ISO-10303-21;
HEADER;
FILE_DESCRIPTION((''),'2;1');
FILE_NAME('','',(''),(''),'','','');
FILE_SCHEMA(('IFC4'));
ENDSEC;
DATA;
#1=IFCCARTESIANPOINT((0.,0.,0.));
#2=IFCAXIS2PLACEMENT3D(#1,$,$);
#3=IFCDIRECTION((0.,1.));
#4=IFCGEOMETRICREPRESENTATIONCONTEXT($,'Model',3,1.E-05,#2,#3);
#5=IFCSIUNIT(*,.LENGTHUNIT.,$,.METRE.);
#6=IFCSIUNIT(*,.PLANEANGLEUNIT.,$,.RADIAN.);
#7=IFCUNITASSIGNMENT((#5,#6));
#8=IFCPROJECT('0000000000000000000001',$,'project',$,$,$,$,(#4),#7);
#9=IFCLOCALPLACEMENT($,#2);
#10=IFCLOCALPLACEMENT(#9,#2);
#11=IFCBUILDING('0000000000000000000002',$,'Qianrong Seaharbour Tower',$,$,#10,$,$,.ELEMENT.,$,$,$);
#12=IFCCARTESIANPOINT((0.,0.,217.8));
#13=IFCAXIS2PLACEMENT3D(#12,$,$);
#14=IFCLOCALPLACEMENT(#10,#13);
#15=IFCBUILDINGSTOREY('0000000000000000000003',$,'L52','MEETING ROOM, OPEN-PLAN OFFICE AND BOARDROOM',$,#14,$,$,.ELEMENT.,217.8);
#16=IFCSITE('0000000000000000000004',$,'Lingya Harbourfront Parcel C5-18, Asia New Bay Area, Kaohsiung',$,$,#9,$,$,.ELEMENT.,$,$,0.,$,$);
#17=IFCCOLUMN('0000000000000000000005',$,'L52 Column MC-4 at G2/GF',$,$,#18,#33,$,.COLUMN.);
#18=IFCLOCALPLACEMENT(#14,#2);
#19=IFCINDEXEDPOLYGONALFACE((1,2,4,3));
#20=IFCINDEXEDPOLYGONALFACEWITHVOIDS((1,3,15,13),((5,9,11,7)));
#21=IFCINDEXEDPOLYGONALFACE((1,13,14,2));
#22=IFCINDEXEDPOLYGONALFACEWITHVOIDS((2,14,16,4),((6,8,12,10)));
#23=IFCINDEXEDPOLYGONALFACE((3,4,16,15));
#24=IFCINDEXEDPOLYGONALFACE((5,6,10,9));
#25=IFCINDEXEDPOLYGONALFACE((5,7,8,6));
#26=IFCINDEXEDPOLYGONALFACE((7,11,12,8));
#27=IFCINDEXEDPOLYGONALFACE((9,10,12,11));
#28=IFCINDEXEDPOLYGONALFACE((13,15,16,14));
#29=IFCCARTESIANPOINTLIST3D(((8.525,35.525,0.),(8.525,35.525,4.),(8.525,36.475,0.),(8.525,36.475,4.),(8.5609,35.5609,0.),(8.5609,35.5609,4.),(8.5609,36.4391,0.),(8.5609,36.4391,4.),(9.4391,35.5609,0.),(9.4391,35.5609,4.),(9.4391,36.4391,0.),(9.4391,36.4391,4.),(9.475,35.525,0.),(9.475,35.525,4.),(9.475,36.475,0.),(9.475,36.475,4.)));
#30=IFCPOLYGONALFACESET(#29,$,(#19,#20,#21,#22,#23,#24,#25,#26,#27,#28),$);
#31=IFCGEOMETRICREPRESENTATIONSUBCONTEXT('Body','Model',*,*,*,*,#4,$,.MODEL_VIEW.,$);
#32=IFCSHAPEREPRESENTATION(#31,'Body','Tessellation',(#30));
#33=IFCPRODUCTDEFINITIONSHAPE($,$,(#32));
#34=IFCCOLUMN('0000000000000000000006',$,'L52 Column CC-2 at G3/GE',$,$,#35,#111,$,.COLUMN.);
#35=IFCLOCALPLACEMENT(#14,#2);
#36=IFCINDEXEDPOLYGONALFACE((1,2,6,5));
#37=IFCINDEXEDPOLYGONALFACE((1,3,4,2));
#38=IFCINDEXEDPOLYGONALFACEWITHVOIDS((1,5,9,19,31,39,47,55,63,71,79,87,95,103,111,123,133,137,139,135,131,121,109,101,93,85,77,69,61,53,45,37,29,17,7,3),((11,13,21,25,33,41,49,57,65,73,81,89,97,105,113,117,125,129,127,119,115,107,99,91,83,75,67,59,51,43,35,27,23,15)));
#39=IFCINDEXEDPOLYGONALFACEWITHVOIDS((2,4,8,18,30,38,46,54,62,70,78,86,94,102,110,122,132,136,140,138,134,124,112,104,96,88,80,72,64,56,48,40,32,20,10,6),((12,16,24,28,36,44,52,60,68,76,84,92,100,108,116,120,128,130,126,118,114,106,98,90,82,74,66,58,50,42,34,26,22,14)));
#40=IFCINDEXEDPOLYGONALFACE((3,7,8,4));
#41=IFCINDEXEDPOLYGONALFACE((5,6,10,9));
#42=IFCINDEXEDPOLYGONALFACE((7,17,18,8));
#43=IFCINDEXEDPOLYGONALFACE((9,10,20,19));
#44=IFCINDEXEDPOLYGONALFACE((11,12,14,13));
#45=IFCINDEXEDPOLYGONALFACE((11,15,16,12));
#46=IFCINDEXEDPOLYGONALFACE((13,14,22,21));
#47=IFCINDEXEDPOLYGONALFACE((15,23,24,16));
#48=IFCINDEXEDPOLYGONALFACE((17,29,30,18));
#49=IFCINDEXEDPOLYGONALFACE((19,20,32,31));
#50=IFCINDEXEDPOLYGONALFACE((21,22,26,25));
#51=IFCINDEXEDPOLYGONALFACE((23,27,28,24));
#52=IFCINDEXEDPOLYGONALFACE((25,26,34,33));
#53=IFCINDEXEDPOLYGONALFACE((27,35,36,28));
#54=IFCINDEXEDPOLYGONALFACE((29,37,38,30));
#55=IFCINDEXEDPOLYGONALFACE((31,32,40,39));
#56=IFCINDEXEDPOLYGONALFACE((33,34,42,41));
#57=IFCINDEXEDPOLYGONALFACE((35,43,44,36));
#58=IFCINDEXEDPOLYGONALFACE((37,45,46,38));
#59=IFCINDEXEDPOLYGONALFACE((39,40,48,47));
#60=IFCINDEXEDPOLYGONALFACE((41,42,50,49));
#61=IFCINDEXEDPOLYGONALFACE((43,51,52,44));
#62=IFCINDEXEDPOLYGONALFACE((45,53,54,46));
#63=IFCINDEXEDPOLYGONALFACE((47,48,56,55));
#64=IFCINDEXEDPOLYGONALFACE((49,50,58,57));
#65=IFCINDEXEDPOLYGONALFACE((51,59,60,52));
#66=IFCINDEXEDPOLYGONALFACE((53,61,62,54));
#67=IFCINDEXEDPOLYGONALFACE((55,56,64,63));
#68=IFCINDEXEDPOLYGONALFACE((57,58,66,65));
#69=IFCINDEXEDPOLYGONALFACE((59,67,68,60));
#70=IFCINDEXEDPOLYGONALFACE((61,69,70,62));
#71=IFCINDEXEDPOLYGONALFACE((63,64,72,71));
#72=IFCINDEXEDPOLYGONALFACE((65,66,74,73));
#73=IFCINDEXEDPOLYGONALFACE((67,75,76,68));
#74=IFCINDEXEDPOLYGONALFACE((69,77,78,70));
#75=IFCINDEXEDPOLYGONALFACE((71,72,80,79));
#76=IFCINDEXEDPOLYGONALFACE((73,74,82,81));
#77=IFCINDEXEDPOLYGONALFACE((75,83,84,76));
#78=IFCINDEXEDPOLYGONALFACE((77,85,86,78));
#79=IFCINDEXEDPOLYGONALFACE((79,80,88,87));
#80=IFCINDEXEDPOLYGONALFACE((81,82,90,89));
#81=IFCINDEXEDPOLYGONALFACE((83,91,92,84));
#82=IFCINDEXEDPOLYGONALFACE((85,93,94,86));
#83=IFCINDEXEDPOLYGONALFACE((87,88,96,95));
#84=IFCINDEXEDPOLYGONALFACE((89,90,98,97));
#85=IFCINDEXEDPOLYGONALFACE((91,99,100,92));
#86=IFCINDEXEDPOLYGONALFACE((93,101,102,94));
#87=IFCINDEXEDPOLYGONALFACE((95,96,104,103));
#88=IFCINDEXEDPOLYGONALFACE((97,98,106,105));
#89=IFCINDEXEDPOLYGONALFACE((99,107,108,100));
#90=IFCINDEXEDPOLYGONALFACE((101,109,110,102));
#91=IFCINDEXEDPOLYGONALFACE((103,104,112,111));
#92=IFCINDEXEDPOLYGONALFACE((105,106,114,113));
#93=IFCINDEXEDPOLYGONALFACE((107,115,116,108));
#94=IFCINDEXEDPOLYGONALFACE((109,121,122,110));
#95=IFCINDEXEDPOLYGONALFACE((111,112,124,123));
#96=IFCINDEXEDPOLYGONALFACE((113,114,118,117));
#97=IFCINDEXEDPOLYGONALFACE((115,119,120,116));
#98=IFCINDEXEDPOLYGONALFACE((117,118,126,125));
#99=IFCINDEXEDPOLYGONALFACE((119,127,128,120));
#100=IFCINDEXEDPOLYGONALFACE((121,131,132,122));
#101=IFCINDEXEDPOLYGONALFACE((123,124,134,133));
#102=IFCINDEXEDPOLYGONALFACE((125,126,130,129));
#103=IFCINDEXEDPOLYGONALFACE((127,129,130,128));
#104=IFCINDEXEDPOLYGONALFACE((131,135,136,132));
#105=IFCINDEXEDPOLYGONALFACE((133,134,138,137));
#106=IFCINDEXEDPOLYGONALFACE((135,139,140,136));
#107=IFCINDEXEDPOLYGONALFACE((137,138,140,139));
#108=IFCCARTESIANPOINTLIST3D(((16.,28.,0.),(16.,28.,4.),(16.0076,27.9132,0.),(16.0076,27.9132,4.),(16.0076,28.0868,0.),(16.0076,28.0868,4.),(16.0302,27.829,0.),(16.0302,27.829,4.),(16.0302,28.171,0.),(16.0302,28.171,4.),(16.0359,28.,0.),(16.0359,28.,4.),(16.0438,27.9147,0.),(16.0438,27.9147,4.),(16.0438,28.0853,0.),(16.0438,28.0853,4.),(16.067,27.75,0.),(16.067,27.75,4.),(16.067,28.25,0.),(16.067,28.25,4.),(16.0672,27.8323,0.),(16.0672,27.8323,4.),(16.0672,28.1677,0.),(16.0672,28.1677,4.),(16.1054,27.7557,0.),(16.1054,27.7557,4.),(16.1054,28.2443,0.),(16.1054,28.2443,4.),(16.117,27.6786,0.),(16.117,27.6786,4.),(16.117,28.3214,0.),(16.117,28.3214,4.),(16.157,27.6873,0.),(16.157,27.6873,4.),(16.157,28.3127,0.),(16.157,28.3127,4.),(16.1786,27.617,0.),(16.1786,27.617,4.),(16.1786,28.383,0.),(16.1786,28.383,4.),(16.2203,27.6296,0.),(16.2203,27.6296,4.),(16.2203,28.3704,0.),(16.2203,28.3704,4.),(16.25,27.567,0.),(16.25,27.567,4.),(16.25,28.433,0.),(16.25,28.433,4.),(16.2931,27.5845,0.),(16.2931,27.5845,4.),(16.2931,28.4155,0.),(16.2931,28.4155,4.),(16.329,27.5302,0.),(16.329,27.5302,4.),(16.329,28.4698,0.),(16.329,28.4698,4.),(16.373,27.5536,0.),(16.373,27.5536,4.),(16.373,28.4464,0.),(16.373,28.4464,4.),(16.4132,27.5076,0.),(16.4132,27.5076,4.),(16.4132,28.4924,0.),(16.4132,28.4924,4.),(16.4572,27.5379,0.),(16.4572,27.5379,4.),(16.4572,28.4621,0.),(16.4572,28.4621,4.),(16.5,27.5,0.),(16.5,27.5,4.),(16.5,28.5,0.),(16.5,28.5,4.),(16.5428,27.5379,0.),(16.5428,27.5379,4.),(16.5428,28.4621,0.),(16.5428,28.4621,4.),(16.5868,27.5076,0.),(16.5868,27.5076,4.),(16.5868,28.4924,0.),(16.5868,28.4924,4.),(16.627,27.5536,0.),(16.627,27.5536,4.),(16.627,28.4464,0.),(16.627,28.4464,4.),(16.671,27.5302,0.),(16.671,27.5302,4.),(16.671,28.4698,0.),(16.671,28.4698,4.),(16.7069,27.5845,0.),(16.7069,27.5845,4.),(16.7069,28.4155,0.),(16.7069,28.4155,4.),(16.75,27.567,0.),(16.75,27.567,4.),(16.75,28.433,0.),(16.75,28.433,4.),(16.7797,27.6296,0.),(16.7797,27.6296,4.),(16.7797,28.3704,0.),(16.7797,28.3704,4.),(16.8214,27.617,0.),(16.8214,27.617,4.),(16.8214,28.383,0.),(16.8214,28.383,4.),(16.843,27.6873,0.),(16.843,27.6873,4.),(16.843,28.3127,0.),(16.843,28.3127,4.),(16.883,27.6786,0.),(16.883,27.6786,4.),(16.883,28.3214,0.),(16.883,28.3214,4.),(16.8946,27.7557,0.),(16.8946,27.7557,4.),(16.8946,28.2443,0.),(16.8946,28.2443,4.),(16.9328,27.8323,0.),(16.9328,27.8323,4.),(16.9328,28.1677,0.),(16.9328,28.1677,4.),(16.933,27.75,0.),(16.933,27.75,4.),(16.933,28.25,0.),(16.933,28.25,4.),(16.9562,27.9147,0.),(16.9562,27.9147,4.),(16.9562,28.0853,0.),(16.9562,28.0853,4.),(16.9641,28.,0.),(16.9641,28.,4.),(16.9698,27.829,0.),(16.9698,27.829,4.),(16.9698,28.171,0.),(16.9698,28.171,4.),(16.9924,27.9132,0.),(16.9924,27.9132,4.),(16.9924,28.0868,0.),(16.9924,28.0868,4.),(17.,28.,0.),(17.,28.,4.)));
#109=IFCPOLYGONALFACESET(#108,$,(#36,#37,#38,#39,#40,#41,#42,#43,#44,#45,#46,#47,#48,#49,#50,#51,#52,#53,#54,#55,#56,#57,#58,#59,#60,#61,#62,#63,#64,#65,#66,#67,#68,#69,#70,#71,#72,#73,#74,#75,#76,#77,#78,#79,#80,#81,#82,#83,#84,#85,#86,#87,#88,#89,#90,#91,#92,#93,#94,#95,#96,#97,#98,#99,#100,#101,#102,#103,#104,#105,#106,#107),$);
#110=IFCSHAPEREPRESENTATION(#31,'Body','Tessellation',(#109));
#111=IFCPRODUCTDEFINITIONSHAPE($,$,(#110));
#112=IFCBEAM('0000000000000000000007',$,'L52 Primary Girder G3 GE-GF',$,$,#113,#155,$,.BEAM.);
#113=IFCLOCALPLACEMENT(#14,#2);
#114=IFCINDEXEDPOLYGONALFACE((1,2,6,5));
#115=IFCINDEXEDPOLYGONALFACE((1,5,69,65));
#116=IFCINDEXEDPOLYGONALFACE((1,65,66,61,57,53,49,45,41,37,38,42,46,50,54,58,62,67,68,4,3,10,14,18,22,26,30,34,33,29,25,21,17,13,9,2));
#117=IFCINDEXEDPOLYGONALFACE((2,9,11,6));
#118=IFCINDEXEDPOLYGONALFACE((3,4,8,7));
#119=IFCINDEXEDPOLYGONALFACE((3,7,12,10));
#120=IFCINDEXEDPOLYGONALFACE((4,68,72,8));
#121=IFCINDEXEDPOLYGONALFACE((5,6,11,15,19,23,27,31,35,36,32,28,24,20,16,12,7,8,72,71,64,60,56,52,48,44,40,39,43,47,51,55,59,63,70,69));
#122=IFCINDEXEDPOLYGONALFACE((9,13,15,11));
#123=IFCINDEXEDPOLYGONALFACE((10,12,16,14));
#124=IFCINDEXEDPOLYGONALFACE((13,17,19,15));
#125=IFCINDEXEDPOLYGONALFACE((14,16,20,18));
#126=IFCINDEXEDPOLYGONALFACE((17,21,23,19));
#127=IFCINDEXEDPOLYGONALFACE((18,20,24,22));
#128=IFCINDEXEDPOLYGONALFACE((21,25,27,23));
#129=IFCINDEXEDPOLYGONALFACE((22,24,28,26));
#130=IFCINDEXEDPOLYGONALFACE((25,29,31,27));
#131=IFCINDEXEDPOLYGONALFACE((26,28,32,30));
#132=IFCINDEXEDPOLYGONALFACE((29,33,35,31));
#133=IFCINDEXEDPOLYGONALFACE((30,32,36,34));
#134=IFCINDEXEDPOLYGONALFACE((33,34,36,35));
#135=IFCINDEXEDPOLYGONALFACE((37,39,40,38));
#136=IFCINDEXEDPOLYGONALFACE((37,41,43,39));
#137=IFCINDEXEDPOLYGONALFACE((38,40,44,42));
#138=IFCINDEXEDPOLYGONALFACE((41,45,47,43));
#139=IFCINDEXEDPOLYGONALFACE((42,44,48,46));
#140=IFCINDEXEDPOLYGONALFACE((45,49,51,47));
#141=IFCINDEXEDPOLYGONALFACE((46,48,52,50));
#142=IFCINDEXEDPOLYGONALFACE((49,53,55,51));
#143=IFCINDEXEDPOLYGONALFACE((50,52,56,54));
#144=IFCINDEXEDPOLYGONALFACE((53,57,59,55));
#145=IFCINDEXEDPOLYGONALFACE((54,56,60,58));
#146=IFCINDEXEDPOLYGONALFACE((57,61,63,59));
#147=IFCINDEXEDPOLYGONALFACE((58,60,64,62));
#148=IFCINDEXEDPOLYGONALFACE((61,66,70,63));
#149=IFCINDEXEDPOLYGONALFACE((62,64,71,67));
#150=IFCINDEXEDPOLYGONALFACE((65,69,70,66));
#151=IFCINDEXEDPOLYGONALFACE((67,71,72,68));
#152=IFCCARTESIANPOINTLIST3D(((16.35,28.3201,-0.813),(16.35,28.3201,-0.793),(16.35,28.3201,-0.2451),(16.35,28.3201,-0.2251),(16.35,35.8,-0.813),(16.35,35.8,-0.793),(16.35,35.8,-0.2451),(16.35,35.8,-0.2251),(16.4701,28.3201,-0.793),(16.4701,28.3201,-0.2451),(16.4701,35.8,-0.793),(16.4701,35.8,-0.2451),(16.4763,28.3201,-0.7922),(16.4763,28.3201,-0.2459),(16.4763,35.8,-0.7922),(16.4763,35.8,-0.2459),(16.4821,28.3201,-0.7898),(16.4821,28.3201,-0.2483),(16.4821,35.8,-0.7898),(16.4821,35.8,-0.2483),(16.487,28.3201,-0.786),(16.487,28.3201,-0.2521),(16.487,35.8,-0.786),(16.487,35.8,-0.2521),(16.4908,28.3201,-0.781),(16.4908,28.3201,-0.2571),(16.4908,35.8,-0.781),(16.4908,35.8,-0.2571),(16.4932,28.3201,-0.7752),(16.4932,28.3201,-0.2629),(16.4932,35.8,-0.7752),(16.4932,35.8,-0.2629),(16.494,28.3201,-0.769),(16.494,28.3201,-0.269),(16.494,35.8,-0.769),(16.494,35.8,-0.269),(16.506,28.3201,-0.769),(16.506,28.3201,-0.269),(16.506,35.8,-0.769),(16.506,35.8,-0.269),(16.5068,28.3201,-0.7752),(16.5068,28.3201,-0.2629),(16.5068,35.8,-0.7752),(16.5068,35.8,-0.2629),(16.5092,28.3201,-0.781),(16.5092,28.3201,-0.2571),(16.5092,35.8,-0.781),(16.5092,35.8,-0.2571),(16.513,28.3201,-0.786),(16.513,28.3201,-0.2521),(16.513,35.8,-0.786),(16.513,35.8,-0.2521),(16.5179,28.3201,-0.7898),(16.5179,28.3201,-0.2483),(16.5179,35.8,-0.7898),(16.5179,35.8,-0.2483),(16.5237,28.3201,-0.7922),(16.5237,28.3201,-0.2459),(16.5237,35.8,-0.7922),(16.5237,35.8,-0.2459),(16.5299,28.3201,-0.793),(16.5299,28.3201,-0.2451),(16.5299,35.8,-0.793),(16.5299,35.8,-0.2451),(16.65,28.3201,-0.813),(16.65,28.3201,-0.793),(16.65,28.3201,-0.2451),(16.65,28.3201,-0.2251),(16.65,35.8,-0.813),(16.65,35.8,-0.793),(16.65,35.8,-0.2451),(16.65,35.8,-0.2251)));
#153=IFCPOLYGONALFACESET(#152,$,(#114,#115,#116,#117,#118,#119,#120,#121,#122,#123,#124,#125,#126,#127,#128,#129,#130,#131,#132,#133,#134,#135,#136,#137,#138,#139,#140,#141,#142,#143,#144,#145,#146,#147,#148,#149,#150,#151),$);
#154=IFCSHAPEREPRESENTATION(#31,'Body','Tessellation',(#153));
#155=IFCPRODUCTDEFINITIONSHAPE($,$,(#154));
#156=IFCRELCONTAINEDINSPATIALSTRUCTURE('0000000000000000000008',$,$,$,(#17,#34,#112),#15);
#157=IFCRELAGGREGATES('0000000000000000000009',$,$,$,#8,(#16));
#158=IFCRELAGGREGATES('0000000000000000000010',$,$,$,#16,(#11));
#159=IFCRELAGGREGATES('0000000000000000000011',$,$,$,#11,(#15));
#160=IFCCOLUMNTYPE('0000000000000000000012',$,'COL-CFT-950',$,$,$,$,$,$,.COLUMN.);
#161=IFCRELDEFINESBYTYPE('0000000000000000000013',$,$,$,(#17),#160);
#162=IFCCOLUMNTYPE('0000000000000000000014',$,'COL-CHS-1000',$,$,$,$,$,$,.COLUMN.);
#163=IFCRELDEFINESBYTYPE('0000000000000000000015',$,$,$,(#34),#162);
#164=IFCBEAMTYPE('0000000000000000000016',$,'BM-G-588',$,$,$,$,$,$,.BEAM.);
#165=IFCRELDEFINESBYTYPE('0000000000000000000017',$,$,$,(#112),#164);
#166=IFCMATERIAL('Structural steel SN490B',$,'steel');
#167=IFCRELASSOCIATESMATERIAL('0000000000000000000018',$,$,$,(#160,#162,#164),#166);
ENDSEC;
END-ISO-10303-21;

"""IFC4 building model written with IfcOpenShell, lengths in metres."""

from ifc_helpers import new_model, si_unit, direction, frame, origin, origin_2d, place, context, subcontext, project, spatial, hollow_rectangle, hollow_circle, i_section, extrude, material, material_profile, profile_set, type_object, element, save


model = new_model("IFC4")

# Units and contexts
model_context = context("Model", 3, precision=1e-05, world=origin(), true_north=direction((0.0, 1.0)))
body_context = subcontext(model_context, "Body", "Model", "MODEL_VIEW")
ifc_project = project(units=[si_unit("LENGTHUNIT", "METRE"), si_unit("PLANEANGLEUNIT", "RADIAN")], contexts=[model_context])

# Site, building, storey
site_placement = place(None, origin())
site = spatial("IfcSite", under=ifc_project, at=site_placement, Name="Lingya Harbourfront Parcel C5-18, Asia New Bay Area, Kaohsiung", CompositionType="ELEMENT", RefElevation=0.0)
building_placement = place(site_placement, origin())
building = spatial("IfcBuilding", under=site, at=building_placement, Name="Qianrong Seaharbour Tower", CompositionType="ELEMENT")
storey_placement = place(building_placement, frame((0.0, 0.0, 217.8)))
storey = spatial("IfcBuildingStorey", under=building, at=storey_placement, Name="L52", Description="MEETING ROOM, OPEN-PLAN OFFICE AND BOARDROOM", CompositionType="ELEMENT", Elevation=217.8)

# Columns
ifc_material_1 = material(Name="Structural steel SN490B", Category="steel")
ifc_material_profile_1 = material_profile(ifc_material_1, hollow_rectangle(XDim=0.95, YDim=0.95, WallThickness=0.0359, at=origin_2d()), Name="BOX950x950x36")
ifc_profile_set_1 = profile_set([ifc_material_profile_1], Name="Structural steel SN490B")
column_type_1 = type_object("IfcColumnType", Name="COL-CFT-950", PredefinedType="COLUMN", material=ifc_profile_set_1)
column_1_placement = place(storey_placement, frame((9.0, 36.0, 0.0), z_axis=(0.0, 0.0, 1.0), x_axis=(1.0, 0.0, 0.0)))
element("IfcColumn", 1, at=column_1_placement, inside=storey, type_object=column_type_1, Name="L52 Column MC-4 at G2/GF", PredefinedType="COLUMN", context=body_context, shape_type="SweptSolid", body=[
    extrude(hollow_rectangle(XDim=0.95, YDim=0.95, WallThickness=0.0359, at=origin_2d()), origin(), (0.0, 0.0, 1.0), 4.0),
])
ifc_material_profile_2 = material_profile(ifc_material_1, hollow_circle(Radius=0.5, WallThickness=0.0359, at=origin_2d()), Name="CHS1000x36")
ifc_profile_set_2 = profile_set([ifc_material_profile_2], Name="Structural steel SN490B")
column_type_2 = type_object("IfcColumnType", Name="COL-CHS-1000", PredefinedType="COLUMN", material=ifc_profile_set_2)
column_2_placement = place(storey_placement, frame((16.5, 28.0, 0.0), z_axis=(0.0, 0.0, 1.0), x_axis=(1.0, 0.0, 0.0)))
element("IfcColumn", 2, at=column_2_placement, inside=storey, type_object=column_type_2, Name="L52 Column CC-2 at G3/GE", PredefinedType="COLUMN", context=body_context, shape_type="SweptSolid", body=[
    extrude(hollow_circle(Radius=0.5, WallThickness=0.0359, at=origin_2d()), origin(), (0.0, 0.0, 1.0), 4.0),
])

# Beam
ifc_material_profile_3 = material_profile(ifc_material_1, i_section(OverallWidth=0.3, OverallDepth=0.5879, WebThickness=0.012, FlangeThickness=0.02, FilletRadius=0.0239, at=origin_2d()), Name="H588x300x12x20")
ifc_profile_set_3 = profile_set([ifc_material_profile_3], Name="Structural steel SN490B")
beam_type_1 = type_object("IfcBeamType", Name="BM-G-588", PredefinedType="BEAM", material=ifc_profile_set_3)
beam_1_placement = place(storey_placement, frame((16.5, 28.3201, -0.519), z_axis=(0.0, 1.0, 0.0), x_axis=(-1.0, 0.0, 0.0)))
element("IfcBeam", 3, at=beam_1_placement, inside=storey, type_object=beam_type_1, Name="L52 Primary Girder G3 GE-GF", PredefinedType="BEAM", context=body_context, shape_type="SweptSolid", body=[
    extrude(i_section(OverallWidth=0.3, OverallDepth=0.5879, WebThickness=0.012, FlangeThickness=0.02, FilletRadius=0.0239, at=origin_2d()), origin(), (0.0, 0.0, 1.0), 7.48),
])

save(model, "model.ifc")
